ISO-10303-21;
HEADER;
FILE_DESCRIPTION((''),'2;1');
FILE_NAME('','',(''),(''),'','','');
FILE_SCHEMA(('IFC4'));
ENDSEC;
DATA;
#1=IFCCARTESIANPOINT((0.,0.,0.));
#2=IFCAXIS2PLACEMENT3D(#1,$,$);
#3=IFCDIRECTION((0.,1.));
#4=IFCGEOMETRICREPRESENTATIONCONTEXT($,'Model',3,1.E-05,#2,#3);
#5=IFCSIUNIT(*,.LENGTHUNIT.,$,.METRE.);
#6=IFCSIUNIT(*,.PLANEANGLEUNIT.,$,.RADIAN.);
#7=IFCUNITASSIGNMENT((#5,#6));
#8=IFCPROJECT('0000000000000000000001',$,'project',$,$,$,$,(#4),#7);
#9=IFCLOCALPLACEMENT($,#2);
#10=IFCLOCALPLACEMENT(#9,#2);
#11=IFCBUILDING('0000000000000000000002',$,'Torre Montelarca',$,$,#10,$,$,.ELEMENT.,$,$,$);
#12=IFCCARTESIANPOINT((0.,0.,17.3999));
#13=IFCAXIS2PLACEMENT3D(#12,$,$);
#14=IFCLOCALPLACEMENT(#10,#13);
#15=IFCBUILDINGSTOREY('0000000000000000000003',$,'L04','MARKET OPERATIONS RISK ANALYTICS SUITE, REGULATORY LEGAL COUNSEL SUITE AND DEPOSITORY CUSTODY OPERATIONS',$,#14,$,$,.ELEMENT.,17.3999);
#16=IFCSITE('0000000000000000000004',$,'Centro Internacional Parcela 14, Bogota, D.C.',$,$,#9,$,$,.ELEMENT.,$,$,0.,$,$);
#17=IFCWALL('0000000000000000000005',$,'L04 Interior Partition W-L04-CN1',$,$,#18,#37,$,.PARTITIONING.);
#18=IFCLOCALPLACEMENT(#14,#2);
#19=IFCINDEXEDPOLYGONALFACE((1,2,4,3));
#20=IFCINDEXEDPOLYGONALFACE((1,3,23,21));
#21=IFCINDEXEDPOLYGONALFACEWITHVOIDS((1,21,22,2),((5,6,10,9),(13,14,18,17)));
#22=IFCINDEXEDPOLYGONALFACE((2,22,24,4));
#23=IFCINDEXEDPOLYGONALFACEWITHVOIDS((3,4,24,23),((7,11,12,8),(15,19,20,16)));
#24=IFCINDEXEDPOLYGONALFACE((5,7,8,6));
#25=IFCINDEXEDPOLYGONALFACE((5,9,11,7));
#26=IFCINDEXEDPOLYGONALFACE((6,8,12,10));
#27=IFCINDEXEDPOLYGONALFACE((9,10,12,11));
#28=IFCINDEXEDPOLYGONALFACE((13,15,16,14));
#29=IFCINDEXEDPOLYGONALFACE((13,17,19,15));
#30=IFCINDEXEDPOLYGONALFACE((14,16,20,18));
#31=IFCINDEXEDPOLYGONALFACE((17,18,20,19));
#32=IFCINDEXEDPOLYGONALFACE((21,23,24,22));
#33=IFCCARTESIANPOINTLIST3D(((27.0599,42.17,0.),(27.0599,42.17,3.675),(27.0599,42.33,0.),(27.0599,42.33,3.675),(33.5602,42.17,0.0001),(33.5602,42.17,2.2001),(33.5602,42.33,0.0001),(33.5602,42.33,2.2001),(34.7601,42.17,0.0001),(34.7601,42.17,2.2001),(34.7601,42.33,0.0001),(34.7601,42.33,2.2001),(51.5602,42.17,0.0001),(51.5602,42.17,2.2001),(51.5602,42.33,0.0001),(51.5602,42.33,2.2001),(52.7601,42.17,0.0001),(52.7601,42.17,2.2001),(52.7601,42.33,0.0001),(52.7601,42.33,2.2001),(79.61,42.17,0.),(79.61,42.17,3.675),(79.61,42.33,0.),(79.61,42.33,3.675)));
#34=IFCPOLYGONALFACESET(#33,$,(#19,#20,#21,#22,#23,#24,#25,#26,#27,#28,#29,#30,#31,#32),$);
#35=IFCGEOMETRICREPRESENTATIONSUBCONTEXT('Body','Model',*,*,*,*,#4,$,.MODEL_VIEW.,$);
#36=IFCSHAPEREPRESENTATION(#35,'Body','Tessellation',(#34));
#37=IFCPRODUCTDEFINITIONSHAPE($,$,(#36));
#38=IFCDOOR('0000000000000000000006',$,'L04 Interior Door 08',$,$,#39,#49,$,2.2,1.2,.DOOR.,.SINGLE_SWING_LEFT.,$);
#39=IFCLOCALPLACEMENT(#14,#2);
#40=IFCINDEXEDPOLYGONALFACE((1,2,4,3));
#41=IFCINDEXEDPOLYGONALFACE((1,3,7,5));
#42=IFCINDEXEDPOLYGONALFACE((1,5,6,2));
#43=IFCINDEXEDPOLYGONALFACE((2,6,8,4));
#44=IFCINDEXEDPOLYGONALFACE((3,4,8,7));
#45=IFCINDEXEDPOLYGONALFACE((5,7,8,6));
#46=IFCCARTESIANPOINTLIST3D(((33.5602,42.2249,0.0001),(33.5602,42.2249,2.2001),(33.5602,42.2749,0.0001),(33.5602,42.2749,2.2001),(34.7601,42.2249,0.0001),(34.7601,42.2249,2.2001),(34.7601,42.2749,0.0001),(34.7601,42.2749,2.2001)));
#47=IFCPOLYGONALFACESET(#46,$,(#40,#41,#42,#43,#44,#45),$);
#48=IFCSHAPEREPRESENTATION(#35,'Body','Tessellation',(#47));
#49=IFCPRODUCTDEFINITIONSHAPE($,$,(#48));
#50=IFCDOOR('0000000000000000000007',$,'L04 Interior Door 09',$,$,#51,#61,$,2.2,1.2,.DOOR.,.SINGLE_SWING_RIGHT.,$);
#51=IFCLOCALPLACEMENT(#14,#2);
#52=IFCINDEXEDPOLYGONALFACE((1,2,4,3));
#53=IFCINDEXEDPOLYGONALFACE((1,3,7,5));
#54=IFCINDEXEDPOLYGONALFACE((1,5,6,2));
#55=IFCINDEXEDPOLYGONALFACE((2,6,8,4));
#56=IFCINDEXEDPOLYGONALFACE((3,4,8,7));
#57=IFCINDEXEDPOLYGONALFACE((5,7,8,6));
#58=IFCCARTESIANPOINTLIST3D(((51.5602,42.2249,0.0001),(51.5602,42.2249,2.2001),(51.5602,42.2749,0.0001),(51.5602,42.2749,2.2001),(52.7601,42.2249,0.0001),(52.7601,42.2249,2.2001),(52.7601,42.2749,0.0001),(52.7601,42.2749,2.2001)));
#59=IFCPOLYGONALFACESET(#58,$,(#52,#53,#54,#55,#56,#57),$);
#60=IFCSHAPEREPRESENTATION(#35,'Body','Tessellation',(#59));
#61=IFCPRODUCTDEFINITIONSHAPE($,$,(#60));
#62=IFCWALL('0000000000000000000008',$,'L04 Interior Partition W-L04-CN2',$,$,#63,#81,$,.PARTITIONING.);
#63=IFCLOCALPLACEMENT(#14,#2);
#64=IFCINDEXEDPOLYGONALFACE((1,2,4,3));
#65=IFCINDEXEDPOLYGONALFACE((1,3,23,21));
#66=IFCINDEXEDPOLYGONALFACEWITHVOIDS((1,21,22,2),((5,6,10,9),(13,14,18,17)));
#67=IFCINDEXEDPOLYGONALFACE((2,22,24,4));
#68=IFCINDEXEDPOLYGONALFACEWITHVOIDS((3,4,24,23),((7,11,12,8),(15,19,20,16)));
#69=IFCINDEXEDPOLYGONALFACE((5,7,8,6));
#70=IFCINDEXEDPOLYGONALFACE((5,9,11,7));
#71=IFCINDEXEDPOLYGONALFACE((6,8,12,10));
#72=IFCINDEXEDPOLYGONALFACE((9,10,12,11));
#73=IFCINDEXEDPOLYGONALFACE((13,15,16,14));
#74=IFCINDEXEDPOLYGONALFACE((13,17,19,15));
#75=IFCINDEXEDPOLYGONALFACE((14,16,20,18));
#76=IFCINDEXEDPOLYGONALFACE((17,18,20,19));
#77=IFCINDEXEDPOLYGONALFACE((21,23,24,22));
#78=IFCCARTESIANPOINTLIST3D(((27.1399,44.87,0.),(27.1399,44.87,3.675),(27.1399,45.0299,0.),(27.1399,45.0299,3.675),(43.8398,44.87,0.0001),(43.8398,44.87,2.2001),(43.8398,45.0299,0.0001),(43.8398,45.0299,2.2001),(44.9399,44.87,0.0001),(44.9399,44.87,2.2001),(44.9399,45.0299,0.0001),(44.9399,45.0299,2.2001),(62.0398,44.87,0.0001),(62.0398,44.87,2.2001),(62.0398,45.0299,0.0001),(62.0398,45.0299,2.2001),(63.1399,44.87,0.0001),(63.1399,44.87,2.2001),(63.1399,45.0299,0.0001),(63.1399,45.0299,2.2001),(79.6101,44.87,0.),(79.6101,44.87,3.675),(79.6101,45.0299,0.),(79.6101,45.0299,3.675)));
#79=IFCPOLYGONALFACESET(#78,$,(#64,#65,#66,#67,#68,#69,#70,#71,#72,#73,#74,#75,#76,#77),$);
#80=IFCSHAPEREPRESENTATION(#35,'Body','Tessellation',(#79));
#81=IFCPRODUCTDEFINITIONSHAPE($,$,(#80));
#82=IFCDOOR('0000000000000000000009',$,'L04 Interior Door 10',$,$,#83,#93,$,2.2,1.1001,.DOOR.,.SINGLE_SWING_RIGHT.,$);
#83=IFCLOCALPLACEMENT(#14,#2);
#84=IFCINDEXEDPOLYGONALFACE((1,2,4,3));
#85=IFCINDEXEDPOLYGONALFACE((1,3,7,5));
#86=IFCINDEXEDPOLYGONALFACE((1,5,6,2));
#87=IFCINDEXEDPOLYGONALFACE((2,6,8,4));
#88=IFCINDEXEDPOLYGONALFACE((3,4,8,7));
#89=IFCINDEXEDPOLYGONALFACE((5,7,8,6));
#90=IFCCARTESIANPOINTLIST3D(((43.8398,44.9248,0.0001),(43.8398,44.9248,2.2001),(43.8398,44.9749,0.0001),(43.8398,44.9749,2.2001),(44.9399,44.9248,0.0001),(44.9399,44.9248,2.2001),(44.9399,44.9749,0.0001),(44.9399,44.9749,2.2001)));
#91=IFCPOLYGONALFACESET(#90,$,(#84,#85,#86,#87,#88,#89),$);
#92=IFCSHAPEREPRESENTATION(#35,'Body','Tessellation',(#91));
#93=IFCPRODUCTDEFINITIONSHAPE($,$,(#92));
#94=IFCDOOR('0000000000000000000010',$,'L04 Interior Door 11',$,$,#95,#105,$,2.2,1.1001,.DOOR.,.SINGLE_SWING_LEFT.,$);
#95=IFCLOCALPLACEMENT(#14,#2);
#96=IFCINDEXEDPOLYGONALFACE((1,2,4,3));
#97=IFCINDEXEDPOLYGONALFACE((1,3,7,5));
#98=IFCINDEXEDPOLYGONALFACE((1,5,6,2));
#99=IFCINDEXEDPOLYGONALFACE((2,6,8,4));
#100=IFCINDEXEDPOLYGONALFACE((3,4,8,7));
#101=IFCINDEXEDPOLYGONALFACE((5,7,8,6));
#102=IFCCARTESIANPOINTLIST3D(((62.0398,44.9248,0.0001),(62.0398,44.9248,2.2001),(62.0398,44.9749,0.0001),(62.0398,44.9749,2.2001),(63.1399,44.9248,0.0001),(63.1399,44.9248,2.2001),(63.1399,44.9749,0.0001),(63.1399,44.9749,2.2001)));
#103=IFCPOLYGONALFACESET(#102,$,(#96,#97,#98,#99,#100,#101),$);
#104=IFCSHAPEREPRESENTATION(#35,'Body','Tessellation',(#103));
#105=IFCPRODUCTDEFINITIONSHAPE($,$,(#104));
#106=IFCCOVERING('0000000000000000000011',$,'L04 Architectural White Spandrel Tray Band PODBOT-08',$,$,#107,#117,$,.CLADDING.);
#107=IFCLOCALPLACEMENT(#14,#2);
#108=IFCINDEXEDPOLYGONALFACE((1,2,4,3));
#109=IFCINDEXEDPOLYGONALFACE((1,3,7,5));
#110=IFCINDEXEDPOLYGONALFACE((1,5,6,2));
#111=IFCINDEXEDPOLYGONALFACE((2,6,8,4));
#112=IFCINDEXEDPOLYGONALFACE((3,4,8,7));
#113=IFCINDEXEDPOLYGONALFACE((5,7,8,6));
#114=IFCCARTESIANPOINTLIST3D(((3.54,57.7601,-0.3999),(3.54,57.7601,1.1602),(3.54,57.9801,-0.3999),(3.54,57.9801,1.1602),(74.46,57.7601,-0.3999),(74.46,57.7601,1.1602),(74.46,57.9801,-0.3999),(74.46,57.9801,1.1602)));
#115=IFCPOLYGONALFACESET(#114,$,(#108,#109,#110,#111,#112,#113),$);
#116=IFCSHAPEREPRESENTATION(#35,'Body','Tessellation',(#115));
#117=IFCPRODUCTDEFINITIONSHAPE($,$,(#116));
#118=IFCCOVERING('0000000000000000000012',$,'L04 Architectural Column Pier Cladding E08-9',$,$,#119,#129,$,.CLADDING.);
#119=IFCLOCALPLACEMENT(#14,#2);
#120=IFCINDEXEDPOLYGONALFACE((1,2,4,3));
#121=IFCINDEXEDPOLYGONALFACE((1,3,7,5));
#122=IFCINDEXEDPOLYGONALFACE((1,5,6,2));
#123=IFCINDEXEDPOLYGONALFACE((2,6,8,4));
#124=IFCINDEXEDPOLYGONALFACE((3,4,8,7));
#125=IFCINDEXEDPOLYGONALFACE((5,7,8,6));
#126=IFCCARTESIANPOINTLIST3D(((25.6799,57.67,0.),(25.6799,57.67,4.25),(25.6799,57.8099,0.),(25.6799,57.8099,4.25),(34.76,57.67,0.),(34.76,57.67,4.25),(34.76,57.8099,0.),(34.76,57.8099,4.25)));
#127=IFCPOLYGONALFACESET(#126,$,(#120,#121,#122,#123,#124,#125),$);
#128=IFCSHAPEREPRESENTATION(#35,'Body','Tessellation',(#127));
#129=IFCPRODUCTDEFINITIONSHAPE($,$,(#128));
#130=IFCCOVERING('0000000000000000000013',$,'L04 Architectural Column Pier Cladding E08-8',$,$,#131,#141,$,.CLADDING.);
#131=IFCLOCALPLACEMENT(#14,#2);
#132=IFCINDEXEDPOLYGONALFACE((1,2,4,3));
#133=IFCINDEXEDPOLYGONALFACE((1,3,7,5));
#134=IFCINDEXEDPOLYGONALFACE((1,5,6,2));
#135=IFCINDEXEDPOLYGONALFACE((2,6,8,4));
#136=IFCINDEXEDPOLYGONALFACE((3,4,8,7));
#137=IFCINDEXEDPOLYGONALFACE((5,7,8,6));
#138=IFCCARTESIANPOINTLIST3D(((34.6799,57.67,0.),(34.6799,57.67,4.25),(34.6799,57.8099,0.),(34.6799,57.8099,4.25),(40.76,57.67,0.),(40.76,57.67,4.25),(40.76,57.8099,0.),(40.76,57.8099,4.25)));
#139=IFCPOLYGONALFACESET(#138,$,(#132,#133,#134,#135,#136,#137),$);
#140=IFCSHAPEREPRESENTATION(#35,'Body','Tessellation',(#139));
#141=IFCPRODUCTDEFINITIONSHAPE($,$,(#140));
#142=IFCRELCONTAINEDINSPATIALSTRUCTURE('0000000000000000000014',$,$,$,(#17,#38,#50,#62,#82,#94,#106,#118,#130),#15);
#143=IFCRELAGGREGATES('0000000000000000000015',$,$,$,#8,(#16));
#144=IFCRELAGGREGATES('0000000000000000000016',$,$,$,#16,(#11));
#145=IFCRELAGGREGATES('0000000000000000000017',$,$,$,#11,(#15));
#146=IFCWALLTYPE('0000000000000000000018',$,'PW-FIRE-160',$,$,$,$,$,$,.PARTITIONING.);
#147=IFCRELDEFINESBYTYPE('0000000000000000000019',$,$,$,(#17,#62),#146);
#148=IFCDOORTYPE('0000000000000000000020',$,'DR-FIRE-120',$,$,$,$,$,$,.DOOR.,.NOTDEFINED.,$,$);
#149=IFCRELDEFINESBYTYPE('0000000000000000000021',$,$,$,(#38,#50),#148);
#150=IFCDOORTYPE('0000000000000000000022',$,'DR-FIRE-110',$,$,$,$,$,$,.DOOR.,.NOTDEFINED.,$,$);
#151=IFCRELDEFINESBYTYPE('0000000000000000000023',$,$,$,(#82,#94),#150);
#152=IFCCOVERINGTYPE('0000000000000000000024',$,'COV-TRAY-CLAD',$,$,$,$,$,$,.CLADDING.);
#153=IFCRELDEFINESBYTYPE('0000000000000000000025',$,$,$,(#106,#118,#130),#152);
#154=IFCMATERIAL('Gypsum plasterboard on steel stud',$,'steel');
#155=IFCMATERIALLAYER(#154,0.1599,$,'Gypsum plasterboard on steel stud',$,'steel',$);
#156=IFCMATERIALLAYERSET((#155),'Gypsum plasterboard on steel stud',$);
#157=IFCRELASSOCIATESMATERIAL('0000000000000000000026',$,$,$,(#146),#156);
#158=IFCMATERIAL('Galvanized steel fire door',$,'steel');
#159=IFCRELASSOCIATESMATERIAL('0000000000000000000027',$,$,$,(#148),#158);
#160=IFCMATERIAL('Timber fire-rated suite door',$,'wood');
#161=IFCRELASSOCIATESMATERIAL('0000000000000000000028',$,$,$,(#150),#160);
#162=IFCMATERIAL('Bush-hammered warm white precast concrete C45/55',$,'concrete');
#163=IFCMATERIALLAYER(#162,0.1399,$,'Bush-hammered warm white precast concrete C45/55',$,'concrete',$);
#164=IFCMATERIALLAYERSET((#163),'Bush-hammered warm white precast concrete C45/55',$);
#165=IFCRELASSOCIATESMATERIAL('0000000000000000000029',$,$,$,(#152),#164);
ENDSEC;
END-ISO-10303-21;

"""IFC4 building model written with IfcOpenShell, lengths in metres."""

from ifc_helpers import new_model, si_unit, direction, frame, frame_2d, origin, origin_2d, place, context, subcontext, project, spatial, rectangle, extrude, source, transform, mapped, material, layer, layer_set, type_object, element, fill, save


model = new_model("IFC4")

# Units and contexts
model_context = context("Model", 3, precision=1e-05, world=origin(), true_north=direction((0.0, 1.0)))
body_context = subcontext(model_context, "Body", "Model", "MODEL_VIEW")
ifc_project = project(units=[si_unit("LENGTHUNIT", "METRE"), si_unit("PLANEANGLEUNIT", "RADIAN")], contexts=[model_context])

# Site, building, storey
site_placement = place(None, origin())
site = spatial("IfcSite", under=ifc_project, at=site_placement, Name="Centro Internacional Parcela 14, Bogota, D.C.", CompositionType="ELEMENT", RefElevation=0.0)
building_placement = place(site_placement, origin())
building = spatial("IfcBuilding", under=site, at=building_placement, Name="Torre Montelarca", CompositionType="ELEMENT")
storey_placement = place(building_placement, frame((0.0, 0.0, 17.3999)))
storey = spatial("IfcBuildingStorey", under=building, at=storey_placement, Name="L04", Description="MARKET OPERATIONS RISK ANALYTICS SUITE, REGULATORY LEGAL COUNSEL SUITE AND DEPOSITORY CUSTODY OPERATIONS", CompositionType="ELEMENT", Elevation=17.3999)

# Walls, openings, doors
ifc_material_1 = material(Name="Gypsum plasterboard on steel stud", Category="steel")
ifc_layer_1 = layer(ifc_material_1, 0.1599, Name="Gypsum plasterboard on steel stud", Category="steel")
ifc_layer_set_1 = layer_set([ifc_layer_1], Name="Gypsum plasterboard on steel stud")
wall_type = type_object("IfcWallType", Name="PW-FIRE-160", PredefinedType="PARTITIONING", material=ifc_layer_set_1)
wall_1_placement = place(storey_placement, frame((27.0601, 42.25, 0.0), z_axis=(0.0, 0.0, 1.0), x_axis=(1.0, 0.0, 0.0)))
wall_1 = element("IfcWall", 1, at=wall_1_placement, inside=storey, type_object=wall_type, Name="L04 Interior Partition W-L04-CN1", PredefinedType="PARTITIONING", context=body_context, shape_type="SweptSolid", body=[
    extrude(rectangle(XDim=52.55, YDim=0.1599, at=frame_2d((26.2749, 0.0))), origin(), (0.0, 0.0, 1.0), 3.675),
])
opening_1_placement = place(wall_1_placement, frame((6.5, 0.0, 0.0)))
opening_1 = element("IfcOpeningElement", 2, at=opening_1_placement, cuts=wall_1, PredefinedType="OPENING", context=body_context, shape_type="SweptSolid", body=[
    extrude(rectangle(XDim=1.2, YDim=2.2, at=frame_2d((0.6001, 1.1001))), frame((0.0, 0.0898, 0.0), z_axis=(0.0, -1.0, 0.0), x_axis=(1.0, 0.0, 0.0)), (0.0, 0.0, 1.0), 0.1799),
])
opening_2_placement = place(wall_1_placement, frame((24.5, 0.0, 0.0)))
opening_2 = element("IfcOpeningElement", 3, at=opening_2_placement, cuts=wall_1, PredefinedType="OPENING", context=body_context, shape_type="SweptSolid", body=[
    extrude(rectangle(XDim=1.2, YDim=2.2, at=frame_2d((0.6001, 1.1001))), frame((0.0, 0.0898, 0.0), z_axis=(0.0, -1.0, 0.0), x_axis=(1.0, 0.0, 0.0)), (0.0, 0.0, 1.0), 0.1799),
])
ifc_material_2 = material(Name="Galvanized steel fire door", Category="steel")
door_type_1 = type_object("IfcDoorType", Name="DR-FIRE-120", OperationType="NOTDEFINED", PredefinedType="DOOR", material=ifc_material_2)
shared_shape_1 = source(origin(), body_context, "Body", "SweptSolid", [
    extrude(rectangle(XDim=1.2, YDim=2.2, at=frame_2d((0.6001, 1.1001))), frame((0.0, 0.0249, 0.0), z_axis=(0.0, -1.0, 0.0), x_axis=(1.0, 0.0, 0.0)), (0.0, 0.0, 1.0), 0.05),
])
door_1_placement = place(opening_1_placement, origin())
door_1 = element("IfcDoor", 4, at=door_1_placement, inside=storey, type_object=door_type_1, Name="L04 Interior Door 08", OperationType="SINGLE_SWING_LEFT", OverallHeight=2.2, OverallWidth=1.2, PredefinedType="DOOR", context=body_context, shape_type="MappedRepresentation", body=[
    mapped(shared_shape_1, transform((0.0, 0.0, 0.0), scale=1.0)),
])
fill(opening_1, door_1)
door_2_placement = place(opening_2_placement, origin())
door_2 = element("IfcDoor", 5, at=door_2_placement, inside=storey, type_object=door_type_1, Name="L04 Interior Door 09", OperationType="SINGLE_SWING_RIGHT", OverallHeight=2.2, OverallWidth=1.2, PredefinedType="DOOR", context=body_context, shape_type="MappedRepresentation", body=[
    mapped(shared_shape_1, transform((0.0, 0.0, 0.0), scale=1.0)),
])
fill(opening_2, door_2)
wall_2_placement = place(storey_placement, frame((27.1399, 44.95, 0.0), z_axis=(0.0, 0.0, 1.0), x_axis=(1.0, 0.0, 0.0)))
wall_2 = element("IfcWall", 6, at=wall_2_placement, inside=storey, type_object=wall_type, Name="L04 Interior Partition W-L04-CN2", PredefinedType="PARTITIONING", context=body_context, shape_type="SweptSolid", body=[
    extrude(rectangle(XDim=52.4702, YDim=0.1599, at=frame_2d((26.2351, 0.0))), origin(), (0.0, 0.0, 1.0), 3.675),
])
opening_3_placement = place(wall_2_placement, frame((16.7, 0.0, 0.0)))
opening_3 = element("IfcOpeningElement", 7, at=opening_3_placement, cuts=wall_2, PredefinedType="OPENING", context=body_context, shape_type="SweptSolid", body=[
    extrude(rectangle(XDim=1.1001, YDim=2.2, at=frame_2d((0.55, 1.1001))), frame((0.0, 0.0898, 0.0), z_axis=(0.0, -1.0, 0.0), x_axis=(1.0, 0.0, 0.0)), (0.0, 0.0, 1.0), 0.1799),
])
opening_4_placement = place(wall_2_placement, frame((34.8999, 0.0, 0.0)))
opening_4 = element("IfcOpeningElement", 8, at=opening_4_placement, cuts=wall_2, PredefinedType="OPENING", context=body_context, shape_type="SweptSolid", body=[
    extrude(rectangle(XDim=1.1001, YDim=2.2, at=frame_2d((0.55, 1.1001))), frame((0.0, 0.0898, 0.0), z_axis=(0.0, -1.0, 0.0), x_axis=(1.0, 0.0, 0.0)), (0.0, 0.0, 1.0), 0.1799),
])
ifc_material_3 = material(Name="Timber fire-rated suite door", Category="wood")
door_type_2 = type_object("IfcDoorType", Name="DR-FIRE-110", OperationType="NOTDEFINED", PredefinedType="DOOR", material=ifc_material_3)
shared_shape_2 = source(origin(), body_context, "Body", "SweptSolid", [
    extrude(rectangle(XDim=1.1001, YDim=2.2, at=frame_2d((0.55, 1.1001))), frame((0.0, 0.0249, 0.0), z_axis=(0.0, -1.0, 0.0), x_axis=(1.0, 0.0, 0.0)), (0.0, 0.0, 1.0), 0.05),
])
door_3_placement = place(opening_3_placement, origin())
door_3 = element("IfcDoor", 9, at=door_3_placement, inside=storey, type_object=door_type_2, Name="L04 Interior Door 10", OperationType="SINGLE_SWING_RIGHT", OverallHeight=2.2, OverallWidth=1.1001, PredefinedType="DOOR", context=body_context, shape_type="MappedRepresentation", body=[
    mapped(shared_shape_2, transform((0.0, 0.0, 0.0), scale=1.0)),
])
fill(opening_3, door_3)
door_4_placement = place(opening_4_placement, origin())
door_4 = element("IfcDoor", 10, at=door_4_placement, inside=storey, type_object=door_type_2, Name="L04 Interior Door 11", OperationType="SINGLE_SWING_LEFT", OverallHeight=2.2, OverallWidth=1.1001, PredefinedType="DOOR", context=body_context, shape_type="MappedRepresentation", body=[
    mapped(shared_shape_2, transform((0.0, 0.0, 0.0), scale=1.0)),
])
fill(opening_4, door_4)

# Coverings
ifc_material_4 = material(Name="Bush-hammered warm white precast concrete C45/55", Category="concrete")
ifc_layer_2 = layer(ifc_material_4, 0.1399, Name="Bush-hammered warm white precast concrete C45/55", Category="concrete")
ifc_layer_set_2 = layer_set([ifc_layer_2], Name="Bush-hammered warm white precast concrete C45/55")
covering_type = type_object("IfcCoveringType", Name="COV-TRAY-CLAD", PredefinedType="CLADDING", material=ifc_layer_set_2)
shared_shape_3 = source(origin(), body_context, "Body", "SweptSolid", [
    extrude(rectangle(XDim=70.9199, YDim=0.22, at=origin_2d()), origin(), (0.0, 0.0, 1.0), 1.5601),
])
covering_1_placement = place(storey_placement, frame((39.0, 57.8701, -0.3999), z_axis=(0.0, 0.0, 1.0), x_axis=(-1.0, 0.0, 0.0)))
element("IfcCovering", 11, at=covering_1_placement, inside=storey, type_object=covering_type, Name="L04 Architectural White Spandrel Tray Band PODBOT-08", PredefinedType="CLADDING", context=body_context, shape_type="MappedRepresentation", body=[
    mapped(shared_shape_3, transform((0.0, 0.0, 0.0), scale=1.0)),
])
shared_shape_4 = source(origin(), body_context, "Body", "SweptSolid", [
    extrude(rectangle(XDim=9.0801, YDim=0.1399, at=origin_2d()), origin(), (0.0, 0.0, 1.0), 4.25),
])
covering_2_placement = place(storey_placement, frame((30.22, 57.74, 0.0), z_axis=(0.0, 0.0, 1.0), x_axis=(-1.0, 0.0, 0.0)))
element("IfcCovering", 12, at=covering_2_placement, inside=storey, type_object=covering_type, Name="L04 Architectural Column Pier Cladding E08-9", PredefinedType="CLADDING", context=body_context, shape_type="MappedRepresentation", body=[
    mapped(shared_shape_4, transform((0.0, 0.0, 0.0), scale=1.0)),
])
shared_shape_5 = source(origin(), body_context, "Body", "SweptSolid", [
    extrude(rectangle(XDim=6.0801, YDim=0.1399, at=origin_2d()), origin(), (0.0, 0.0, 1.0), 4.25),
])
covering_3_placement = place(storey_placement, frame((37.72, 57.74, 0.0), z_axis=(0.0, 0.0, 1.0), x_axis=(-1.0, 0.0, 0.0)))
element("IfcCovering", 13, at=covering_3_placement, inside=storey, type_object=covering_type, Name="L04 Architectural Column Pier Cladding E08-8", PredefinedType="CLADDING", context=body_context, shape_type="MappedRepresentation", body=[
    mapped(shared_shape_5, transform((0.0, 0.0, 0.0), scale=1.0)),
])

save(model, "model.ifc")
